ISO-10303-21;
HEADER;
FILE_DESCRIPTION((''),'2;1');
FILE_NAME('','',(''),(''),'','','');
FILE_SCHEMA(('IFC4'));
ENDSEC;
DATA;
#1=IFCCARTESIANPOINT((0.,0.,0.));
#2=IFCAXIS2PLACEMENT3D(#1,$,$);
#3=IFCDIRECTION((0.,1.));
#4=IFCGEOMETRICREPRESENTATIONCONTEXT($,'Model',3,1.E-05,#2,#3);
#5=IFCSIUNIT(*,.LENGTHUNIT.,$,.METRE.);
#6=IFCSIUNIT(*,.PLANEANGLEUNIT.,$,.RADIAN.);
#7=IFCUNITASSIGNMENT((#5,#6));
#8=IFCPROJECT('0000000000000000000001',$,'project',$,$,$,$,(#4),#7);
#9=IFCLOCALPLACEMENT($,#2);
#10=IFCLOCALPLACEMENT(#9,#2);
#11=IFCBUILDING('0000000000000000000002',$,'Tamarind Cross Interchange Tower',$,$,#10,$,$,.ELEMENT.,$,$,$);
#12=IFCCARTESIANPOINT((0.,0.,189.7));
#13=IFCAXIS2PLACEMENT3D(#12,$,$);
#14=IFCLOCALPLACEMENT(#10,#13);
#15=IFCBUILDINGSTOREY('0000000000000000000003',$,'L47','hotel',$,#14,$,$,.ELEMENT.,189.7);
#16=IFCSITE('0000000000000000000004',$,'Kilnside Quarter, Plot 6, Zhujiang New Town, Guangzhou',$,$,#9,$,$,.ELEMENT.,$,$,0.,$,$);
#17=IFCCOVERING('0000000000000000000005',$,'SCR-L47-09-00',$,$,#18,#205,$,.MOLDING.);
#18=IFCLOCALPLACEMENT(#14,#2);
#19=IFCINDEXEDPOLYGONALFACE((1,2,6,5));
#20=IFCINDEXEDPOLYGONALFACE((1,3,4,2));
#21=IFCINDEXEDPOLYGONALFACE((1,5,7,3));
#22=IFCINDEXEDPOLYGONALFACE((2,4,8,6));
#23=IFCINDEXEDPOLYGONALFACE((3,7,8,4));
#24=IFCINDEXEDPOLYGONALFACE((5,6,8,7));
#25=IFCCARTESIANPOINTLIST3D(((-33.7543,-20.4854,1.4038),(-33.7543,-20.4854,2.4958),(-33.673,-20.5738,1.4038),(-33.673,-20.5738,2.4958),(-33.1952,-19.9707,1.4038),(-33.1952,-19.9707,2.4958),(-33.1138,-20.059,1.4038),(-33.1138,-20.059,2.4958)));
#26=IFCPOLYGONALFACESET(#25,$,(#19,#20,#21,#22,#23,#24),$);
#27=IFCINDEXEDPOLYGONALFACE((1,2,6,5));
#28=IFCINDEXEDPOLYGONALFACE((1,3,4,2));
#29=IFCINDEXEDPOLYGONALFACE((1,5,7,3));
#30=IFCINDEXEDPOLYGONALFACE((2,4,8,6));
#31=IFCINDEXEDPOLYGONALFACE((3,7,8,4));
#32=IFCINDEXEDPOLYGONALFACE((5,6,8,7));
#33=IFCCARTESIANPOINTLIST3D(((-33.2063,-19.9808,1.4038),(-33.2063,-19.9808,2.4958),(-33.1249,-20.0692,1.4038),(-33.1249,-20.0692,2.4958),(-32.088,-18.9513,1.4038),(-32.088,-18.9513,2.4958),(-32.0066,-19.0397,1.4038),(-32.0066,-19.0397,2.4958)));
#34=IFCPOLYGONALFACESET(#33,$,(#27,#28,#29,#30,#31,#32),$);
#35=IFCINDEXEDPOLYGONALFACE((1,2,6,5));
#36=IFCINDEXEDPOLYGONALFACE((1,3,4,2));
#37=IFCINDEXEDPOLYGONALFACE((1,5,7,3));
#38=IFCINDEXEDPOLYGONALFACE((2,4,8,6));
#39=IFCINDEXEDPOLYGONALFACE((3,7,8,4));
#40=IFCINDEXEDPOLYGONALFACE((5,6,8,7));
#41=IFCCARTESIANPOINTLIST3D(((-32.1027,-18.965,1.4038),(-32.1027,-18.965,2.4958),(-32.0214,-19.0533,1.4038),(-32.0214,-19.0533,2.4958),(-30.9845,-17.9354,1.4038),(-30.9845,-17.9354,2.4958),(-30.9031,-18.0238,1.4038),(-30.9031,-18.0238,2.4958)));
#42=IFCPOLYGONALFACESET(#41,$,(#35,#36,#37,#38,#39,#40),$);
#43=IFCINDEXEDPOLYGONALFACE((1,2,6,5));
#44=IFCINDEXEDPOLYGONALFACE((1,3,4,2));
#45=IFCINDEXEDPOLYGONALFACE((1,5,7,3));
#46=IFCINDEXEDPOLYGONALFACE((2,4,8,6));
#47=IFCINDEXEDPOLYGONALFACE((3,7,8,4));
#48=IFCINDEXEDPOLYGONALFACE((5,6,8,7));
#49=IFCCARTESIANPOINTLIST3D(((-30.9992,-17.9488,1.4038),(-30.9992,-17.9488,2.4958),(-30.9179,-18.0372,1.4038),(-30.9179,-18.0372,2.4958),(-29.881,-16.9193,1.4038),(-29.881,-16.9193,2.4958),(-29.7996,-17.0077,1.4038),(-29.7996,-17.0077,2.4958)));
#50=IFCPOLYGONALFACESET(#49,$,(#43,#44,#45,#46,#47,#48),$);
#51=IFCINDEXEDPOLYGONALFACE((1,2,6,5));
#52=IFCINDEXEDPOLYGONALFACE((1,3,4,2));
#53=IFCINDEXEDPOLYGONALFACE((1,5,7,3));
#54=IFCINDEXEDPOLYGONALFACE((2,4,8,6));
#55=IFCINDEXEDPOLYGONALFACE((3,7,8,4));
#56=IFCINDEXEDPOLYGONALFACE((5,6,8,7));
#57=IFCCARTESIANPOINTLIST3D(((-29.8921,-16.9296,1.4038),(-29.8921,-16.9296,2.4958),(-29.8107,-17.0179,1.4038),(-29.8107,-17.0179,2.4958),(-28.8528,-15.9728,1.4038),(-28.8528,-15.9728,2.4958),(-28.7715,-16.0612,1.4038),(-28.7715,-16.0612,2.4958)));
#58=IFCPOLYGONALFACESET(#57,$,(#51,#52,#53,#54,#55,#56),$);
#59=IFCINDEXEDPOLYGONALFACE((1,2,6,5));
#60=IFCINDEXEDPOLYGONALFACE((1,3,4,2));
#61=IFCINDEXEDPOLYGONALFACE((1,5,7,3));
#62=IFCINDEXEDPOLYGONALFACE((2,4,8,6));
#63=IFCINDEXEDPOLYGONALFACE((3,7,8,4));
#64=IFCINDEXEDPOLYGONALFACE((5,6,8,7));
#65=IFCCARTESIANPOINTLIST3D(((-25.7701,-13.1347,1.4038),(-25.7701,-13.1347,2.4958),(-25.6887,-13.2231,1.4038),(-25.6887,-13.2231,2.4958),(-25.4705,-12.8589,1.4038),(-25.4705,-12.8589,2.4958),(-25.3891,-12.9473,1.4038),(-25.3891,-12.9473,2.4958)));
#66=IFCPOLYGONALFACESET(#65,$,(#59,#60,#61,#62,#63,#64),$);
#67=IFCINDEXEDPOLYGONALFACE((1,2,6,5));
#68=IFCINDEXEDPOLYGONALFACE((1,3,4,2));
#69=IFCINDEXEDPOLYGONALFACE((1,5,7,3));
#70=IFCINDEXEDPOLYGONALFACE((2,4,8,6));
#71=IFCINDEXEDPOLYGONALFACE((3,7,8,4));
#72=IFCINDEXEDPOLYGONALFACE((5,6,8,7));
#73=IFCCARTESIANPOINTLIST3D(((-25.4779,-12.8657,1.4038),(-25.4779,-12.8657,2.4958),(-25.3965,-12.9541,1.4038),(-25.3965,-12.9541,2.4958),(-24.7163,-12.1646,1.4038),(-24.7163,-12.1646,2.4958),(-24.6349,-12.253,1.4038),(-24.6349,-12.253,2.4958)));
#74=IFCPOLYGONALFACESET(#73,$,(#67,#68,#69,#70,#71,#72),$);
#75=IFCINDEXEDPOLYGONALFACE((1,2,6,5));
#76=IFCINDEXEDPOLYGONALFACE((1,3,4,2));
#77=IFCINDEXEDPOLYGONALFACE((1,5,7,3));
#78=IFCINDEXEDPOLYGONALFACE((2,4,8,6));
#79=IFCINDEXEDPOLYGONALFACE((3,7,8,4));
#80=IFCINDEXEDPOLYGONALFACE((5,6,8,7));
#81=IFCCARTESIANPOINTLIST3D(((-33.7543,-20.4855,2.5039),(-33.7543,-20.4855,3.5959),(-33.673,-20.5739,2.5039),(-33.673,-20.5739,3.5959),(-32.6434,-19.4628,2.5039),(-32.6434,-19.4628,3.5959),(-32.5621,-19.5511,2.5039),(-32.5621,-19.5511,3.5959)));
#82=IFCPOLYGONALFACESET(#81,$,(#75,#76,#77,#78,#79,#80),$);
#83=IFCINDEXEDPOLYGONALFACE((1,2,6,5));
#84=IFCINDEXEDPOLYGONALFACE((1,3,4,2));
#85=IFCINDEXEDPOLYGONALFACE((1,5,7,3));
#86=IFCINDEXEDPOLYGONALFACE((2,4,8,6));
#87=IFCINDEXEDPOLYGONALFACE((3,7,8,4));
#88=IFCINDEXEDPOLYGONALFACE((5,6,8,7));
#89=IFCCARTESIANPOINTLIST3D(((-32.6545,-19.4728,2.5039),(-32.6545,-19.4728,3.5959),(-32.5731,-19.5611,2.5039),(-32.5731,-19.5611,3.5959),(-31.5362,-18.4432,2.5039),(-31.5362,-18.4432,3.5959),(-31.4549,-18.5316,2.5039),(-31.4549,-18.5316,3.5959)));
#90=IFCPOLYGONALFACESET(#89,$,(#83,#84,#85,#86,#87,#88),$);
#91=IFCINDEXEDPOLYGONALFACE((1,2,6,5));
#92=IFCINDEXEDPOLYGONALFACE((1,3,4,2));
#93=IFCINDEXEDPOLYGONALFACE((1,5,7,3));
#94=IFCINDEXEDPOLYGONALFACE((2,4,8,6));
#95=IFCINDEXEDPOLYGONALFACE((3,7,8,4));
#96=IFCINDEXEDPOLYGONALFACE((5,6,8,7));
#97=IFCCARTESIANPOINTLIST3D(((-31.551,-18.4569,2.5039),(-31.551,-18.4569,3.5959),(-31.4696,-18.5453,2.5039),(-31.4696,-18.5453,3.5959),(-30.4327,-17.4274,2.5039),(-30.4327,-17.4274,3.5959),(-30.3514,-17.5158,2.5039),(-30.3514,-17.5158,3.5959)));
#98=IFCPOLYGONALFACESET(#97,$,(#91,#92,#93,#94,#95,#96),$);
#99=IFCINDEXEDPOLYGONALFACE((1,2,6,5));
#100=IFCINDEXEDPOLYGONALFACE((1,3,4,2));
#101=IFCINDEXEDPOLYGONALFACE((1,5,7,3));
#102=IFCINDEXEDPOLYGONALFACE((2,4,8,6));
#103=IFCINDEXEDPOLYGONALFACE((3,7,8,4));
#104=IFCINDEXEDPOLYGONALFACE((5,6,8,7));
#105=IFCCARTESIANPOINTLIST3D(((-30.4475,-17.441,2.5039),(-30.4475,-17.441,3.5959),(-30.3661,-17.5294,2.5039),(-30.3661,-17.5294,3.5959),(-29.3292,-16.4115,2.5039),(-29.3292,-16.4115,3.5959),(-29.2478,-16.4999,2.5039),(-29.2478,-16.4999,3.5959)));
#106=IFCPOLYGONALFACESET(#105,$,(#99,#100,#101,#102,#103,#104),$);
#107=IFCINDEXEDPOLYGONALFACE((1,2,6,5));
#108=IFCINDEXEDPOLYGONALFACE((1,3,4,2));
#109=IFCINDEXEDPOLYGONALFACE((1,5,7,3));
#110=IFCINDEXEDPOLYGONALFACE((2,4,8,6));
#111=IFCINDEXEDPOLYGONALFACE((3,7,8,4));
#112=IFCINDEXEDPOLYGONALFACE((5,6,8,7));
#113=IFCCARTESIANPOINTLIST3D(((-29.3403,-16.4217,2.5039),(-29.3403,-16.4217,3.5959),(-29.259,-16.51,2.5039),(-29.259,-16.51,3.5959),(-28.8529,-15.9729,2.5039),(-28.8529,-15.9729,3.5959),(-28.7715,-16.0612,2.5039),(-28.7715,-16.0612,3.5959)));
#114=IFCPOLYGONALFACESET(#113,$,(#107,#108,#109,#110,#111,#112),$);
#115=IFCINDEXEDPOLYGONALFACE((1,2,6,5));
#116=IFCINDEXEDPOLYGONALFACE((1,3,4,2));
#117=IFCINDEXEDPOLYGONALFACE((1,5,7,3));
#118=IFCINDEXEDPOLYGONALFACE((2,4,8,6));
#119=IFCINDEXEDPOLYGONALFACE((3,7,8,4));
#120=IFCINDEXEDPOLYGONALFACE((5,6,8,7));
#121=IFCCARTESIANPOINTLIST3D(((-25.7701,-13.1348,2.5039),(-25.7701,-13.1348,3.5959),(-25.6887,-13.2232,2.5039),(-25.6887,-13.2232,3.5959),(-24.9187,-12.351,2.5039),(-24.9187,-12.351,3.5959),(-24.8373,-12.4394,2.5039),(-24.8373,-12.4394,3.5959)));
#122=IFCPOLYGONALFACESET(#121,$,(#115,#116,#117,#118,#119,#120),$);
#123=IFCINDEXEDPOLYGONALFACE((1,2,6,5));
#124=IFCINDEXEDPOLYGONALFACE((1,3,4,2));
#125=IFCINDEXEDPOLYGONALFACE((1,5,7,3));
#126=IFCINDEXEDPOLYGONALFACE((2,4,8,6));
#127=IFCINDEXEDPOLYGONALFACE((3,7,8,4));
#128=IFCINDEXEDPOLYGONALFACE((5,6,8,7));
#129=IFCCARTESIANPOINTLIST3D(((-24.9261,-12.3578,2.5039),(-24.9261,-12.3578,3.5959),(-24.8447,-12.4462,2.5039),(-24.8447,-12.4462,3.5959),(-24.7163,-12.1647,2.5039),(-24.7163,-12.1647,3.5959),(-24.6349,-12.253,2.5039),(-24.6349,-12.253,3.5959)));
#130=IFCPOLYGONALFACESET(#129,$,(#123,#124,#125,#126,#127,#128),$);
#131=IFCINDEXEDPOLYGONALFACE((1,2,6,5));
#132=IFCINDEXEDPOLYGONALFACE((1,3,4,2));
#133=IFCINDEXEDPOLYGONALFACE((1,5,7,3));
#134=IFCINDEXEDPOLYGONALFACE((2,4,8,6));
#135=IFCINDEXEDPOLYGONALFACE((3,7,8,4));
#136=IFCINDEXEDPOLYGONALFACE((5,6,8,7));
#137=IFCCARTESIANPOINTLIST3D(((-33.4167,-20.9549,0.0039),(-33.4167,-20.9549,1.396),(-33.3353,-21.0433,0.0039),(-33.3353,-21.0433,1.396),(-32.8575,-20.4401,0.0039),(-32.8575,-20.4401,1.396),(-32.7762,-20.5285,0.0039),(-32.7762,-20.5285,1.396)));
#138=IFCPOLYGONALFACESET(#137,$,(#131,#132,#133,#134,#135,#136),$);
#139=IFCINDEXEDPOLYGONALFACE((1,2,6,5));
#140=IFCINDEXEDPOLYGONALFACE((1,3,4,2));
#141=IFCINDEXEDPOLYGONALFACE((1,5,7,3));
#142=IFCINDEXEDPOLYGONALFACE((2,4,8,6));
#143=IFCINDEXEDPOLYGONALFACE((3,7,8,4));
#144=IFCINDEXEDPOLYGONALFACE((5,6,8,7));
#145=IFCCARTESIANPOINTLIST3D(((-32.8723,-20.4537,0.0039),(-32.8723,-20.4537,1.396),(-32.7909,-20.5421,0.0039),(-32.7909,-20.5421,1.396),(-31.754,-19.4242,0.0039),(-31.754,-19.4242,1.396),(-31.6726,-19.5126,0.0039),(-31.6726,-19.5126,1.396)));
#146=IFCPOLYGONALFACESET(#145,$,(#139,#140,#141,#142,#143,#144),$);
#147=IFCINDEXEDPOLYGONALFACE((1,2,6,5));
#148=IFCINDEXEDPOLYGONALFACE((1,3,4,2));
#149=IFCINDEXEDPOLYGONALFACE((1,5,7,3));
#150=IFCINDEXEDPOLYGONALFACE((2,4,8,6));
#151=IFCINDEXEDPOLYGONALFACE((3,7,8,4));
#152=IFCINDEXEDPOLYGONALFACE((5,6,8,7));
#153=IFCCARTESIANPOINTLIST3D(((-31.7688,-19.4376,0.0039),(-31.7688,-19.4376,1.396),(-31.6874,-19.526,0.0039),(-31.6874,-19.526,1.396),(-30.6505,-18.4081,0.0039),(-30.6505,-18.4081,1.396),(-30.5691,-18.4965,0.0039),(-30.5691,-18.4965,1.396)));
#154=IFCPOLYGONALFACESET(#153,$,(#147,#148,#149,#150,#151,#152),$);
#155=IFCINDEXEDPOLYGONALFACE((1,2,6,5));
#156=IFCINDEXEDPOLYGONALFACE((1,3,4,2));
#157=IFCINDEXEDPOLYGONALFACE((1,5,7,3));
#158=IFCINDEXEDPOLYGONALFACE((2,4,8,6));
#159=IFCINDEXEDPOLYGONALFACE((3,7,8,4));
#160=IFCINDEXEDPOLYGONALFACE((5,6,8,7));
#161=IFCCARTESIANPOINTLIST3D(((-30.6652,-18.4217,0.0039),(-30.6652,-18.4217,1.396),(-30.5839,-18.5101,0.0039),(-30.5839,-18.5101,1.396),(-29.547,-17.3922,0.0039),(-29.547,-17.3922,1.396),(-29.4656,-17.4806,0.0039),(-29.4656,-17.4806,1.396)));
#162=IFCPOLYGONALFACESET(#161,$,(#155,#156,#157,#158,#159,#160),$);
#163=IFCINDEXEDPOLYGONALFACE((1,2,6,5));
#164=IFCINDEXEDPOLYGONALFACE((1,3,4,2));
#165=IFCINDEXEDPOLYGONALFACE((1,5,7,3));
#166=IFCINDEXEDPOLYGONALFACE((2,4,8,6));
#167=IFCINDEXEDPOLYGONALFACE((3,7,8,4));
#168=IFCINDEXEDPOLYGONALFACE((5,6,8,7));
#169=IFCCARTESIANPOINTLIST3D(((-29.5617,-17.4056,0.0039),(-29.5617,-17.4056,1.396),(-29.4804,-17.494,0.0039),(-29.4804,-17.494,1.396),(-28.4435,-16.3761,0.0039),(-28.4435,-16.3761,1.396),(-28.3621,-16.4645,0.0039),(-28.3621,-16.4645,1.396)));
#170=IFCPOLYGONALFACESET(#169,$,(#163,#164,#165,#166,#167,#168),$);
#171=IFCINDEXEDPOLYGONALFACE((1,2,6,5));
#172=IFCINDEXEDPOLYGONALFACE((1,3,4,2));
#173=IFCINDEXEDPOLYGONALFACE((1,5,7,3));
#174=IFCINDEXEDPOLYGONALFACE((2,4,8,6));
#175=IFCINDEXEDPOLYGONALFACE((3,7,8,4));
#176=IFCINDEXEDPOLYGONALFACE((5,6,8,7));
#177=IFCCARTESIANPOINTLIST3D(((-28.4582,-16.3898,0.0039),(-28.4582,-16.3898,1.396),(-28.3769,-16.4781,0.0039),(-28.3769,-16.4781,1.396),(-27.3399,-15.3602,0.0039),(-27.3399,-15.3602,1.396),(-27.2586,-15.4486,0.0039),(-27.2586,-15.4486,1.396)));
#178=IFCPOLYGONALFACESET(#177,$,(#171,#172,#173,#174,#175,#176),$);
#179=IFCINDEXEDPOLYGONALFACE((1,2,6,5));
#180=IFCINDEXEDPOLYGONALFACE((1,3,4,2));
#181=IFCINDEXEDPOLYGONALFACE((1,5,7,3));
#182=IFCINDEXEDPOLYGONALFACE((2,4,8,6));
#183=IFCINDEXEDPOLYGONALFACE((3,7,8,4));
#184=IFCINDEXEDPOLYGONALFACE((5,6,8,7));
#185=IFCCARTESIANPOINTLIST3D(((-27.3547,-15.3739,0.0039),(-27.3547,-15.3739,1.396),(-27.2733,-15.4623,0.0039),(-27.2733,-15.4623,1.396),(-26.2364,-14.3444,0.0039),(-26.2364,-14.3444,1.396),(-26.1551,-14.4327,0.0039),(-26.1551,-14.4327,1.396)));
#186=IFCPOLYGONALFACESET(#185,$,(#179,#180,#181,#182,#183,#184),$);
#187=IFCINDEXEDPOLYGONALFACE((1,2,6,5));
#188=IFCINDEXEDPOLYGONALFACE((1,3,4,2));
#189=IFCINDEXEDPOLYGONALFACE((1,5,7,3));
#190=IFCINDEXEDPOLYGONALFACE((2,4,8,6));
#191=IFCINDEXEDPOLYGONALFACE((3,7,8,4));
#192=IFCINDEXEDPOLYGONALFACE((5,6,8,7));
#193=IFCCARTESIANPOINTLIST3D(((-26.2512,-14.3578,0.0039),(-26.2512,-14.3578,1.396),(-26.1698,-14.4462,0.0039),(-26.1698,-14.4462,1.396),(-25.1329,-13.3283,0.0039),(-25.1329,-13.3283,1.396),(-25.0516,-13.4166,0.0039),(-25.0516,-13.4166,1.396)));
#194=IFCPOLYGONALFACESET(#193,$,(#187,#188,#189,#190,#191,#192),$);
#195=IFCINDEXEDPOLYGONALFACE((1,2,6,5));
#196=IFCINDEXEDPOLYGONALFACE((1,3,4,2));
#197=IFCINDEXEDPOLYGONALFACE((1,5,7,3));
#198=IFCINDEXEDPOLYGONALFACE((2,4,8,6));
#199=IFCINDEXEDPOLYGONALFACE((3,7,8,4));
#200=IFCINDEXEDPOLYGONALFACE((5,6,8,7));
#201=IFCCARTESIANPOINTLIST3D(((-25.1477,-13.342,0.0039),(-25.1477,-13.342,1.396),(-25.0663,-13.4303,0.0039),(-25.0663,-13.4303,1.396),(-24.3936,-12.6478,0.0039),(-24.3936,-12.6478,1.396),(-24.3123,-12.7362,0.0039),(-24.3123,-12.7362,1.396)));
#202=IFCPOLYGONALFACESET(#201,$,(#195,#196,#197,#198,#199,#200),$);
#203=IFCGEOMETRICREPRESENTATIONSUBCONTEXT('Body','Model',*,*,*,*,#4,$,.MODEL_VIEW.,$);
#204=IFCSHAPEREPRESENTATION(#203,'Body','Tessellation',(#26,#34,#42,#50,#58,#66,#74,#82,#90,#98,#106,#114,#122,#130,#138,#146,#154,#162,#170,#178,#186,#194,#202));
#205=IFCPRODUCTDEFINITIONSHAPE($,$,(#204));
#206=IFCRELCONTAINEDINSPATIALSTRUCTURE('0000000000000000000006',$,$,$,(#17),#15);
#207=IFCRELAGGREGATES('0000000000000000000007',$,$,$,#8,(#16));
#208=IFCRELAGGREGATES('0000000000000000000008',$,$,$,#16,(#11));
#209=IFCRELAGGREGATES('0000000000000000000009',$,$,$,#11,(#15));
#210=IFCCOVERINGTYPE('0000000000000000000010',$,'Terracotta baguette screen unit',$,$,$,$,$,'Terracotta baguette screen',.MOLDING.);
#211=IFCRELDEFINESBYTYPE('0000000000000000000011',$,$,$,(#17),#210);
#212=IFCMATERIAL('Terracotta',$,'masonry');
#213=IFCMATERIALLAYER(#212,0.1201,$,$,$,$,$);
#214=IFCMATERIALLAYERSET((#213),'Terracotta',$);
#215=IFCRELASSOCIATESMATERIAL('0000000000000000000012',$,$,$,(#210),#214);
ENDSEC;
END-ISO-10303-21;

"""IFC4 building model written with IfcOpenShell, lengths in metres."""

from ifc_helpers import new_model, si_unit, direction, frame, origin, origin_2d, place, context, subcontext, project, spatial, rectangle, extrude, material, layer, layer_set, type_object, element, save


model = new_model("IFC4")

# Units and contexts
model_context = context("Model", 3, precision=1e-05, world=origin(), true_north=direction((0.0, 1.0)))
body_context = subcontext(model_context, "Body", "Model", "MODEL_VIEW")
ifc_project = project(units=[si_unit("LENGTHUNIT", "METRE"), si_unit("PLANEANGLEUNIT", "RADIAN")], contexts=[model_context])

# Site, building, storey
site_placement = place(None, origin())
site = spatial("IfcSite", under=ifc_project, at=site_placement, Name="Kilnside Quarter, Plot 6, Zhujiang New Town, Guangzhou", CompositionType="ELEMENT", RefElevation=0.0)
building_placement = place(site_placement, origin())
building = spatial("IfcBuilding", under=site, at=building_placement, Name="Tamarind Cross Interchange Tower", CompositionType="ELEMENT")
storey_placement = place(building_placement, frame((0.0, 0.0, 189.7)))
storey = spatial("IfcBuildingStorey", under=building, at=storey_placement, Name="L47", Description="hotel", CompositionType="ELEMENT", Elevation=189.7)

# Covering
ifc_material_1 = material(Name="Terracotta", Category="masonry")
ifc_layer_1 = layer(ifc_material_1, 0.1201)
ifc_layer_set_1 = layer_set([ifc_layer_1], Name="Terracotta")
covering_type = type_object("IfcCoveringType", Name="Terracotta baguette screen unit", ElementType="Terracotta baguette screen", PredefinedType="MOLDING", material=ifc_layer_set_1)
covering_1_placement = place(storey_placement, origin())
element("IfcCovering", 1, at=covering_1_placement, inside=storey, type_object=covering_type, Name="SCR-L47-09-00", PredefinedType="MOLDING", context=body_context, shape_type="SweptSolid", body=[
    extrude(rectangle(XDim=0.76, YDim=0.1201, at=origin_2d()), frame((-33.4341, -20.2722, 1.4038), z_axis=(0.0, 0.0, 1.0), x_axis=(0.735697, 0.67731, 0.0)), (0.0, 0.0, 1.0), 1.092),
    extrude(rectangle(XDim=1.52, YDim=0.1201, at=origin_2d()), frame((-32.6064, -19.5103, 1.4038), z_axis=(0.0, 0.0, 1.0), x_axis=(0.735697, 0.67731, 0.0)), (0.0, 0.0, 1.0), 1.092),
    extrude(rectangle(XDim=1.52, YDim=0.1201, at=origin_2d()), frame((-31.5029, -18.4944, 1.4038), z_axis=(0.0, 0.0, 1.0), x_axis=(0.735697, 0.67731, 0.0)), (0.0, 0.0, 1.0), 1.092),
    extrude(rectangle(XDim=1.52, YDim=0.1201, at=origin_2d()), frame((-30.3994, -17.4783, 1.4038), z_axis=(0.0, 0.0, 1.0), x_axis=(0.735697, 0.67731, 0.0)), (0.0, 0.0, 1.0), 1.092),
    extrude(rectangle(XDim=1.4126, YDim=0.1201, at=origin_2d()), frame((-29.3318, -16.4954, 1.4038), z_axis=(0.0, 0.0, 1.0), x_axis=(0.735697, 0.67731, 0.0)), (0.0, 0.0, 1.0), 1.092),
    extrude(rectangle(XDim=0.4072, YDim=0.1201, at=origin_2d()), frame((-25.5796, -13.041, 1.4038), z_axis=(0.0, 0.0, 1.0), x_axis=(0.735697, 0.67731, 0.0)), (0.0, 0.0, 1.0), 1.092),
    extrude(rectangle(XDim=1.0352, YDim=0.1201, at=origin_2d()), frame((-25.0564, -12.5593, 1.4038), z_axis=(0.0, 0.0, 1.0), x_axis=(0.735697, 0.67731, 0.0)), (0.0, 0.0, 1.0), 1.092),
    extrude(rectangle(XDim=1.51, YDim=0.1201, at=origin_2d()), frame((-33.1582, -20.0183, 2.5039), z_axis=(0.0, 0.0, 1.0), x_axis=(0.735697, 0.67731, 0.0)), (0.0, 0.0, 1.0), 1.092),
    extrude(rectangle(XDim=1.52, YDim=0.1201, at=origin_2d()), frame((-32.0547, -19.0022, 2.5039), z_axis=(0.0, 0.0, 1.0), x_axis=(0.735697, 0.67731, 0.0)), (0.0, 0.0, 1.0), 1.092),
    extrude(rectangle(XDim=1.52, YDim=0.1201, at=origin_2d()), frame((-30.9512, -17.9863, 2.5039), z_axis=(0.0, 0.0, 1.0), x_axis=(0.735697, 0.67731, 0.0)), (0.0, 0.0, 1.0), 1.092),
    extrude(rectangle(XDim=1.52, YDim=0.1201, at=origin_2d()), frame((-29.8477, -16.9705, 2.5039), z_axis=(0.0, 0.0, 1.0), x_axis=(0.735697, 0.67731, 0.0)), (0.0, 0.0, 1.0), 1.092),
    extrude(rectangle(XDim=0.6626, YDim=0.1201, at=origin_2d()), frame((-29.0559, -16.2415, 2.5039), z_axis=(0.0, 0.0, 1.0), x_axis=(0.735697, 0.67731, 0.0)), (0.0, 0.0, 1.0), 1.092),
    extrude(rectangle(XDim=1.1572, YDim=0.1201, at=origin_2d()), frame((-25.3037, -12.7871, 2.5039), z_axis=(0.0, 0.0, 1.0), x_axis=(0.735697, 0.67731, 0.0)), (0.0, 0.0, 1.0), 1.092),
    extrude(rectangle(XDim=0.2852, YDim=0.1201, at=origin_2d()), frame((-24.7805, -12.3054, 2.5039), z_axis=(0.0, 0.0, 1.0), x_axis=(0.735697, 0.67731, 0.0)), (0.0, 0.0, 1.0), 1.092),
    extrude(rectangle(XDim=0.76, YDim=0.1201, at=origin_2d()), frame((-33.0964, -20.7417, 0.0039), z_axis=(0.0, 0.0, 1.0), x_axis=(0.735697, 0.67731, 0.0)), (0.0, 0.0, 1.0), 1.3921),
    extrude(rectangle(XDim=1.52, YDim=0.1201, at=origin_2d()), frame((-32.2725, -19.9832, 0.0039), z_axis=(0.0, 0.0, 1.0), x_axis=(0.735697, 0.67731, 0.0)), (0.0, 0.0, 1.0), 1.3921),
    extrude(rectangle(XDim=1.52, YDim=0.1201, at=origin_2d()), frame((-31.1689, -18.967, 0.0039), z_axis=(0.0, 0.0, 1.0), x_axis=(0.735697, 0.67731, 0.0)), (0.0, 0.0, 1.0), 1.3921),
    extrude(rectangle(XDim=1.52, YDim=0.1201, at=origin_2d()), frame((-30.0654, -17.9512, 0.0039), z_axis=(0.0, 0.0, 1.0), x_axis=(0.735697, 0.67731, 0.0)), (0.0, 0.0, 1.0), 1.3921),
    extrude(rectangle(XDim=1.52, YDim=0.1201, at=origin_2d()), frame((-28.9619, -16.9351, 0.0039), z_axis=(0.0, 0.0, 1.0), x_axis=(0.735697, 0.67731, 0.0)), (0.0, 0.0, 1.0), 1.3921),
    extrude(rectangle(XDim=1.52, YDim=0.1201, at=origin_2d()), frame((-27.8584, -15.9192, 0.0039), z_axis=(0.0, 0.0, 1.0), x_axis=(0.735697, 0.67731, 0.0)), (0.0, 0.0, 1.0), 1.3921),
    extrude(rectangle(XDim=1.52, YDim=0.1201, at=origin_2d()), frame((-26.7549, -14.9033, 0.0039), z_axis=(0.0, 0.0, 1.0), x_axis=(0.735697, 0.67731, 0.0)), (0.0, 0.0, 1.0), 1.3921),
    extrude(rectangle(XDim=1.52, YDim=0.1201, at=origin_2d()), frame((-25.6514, -13.8872, 0.0039), z_axis=(0.0, 0.0, 1.0), x_axis=(0.735697, 0.67731, 0.0)), (0.0, 0.0, 1.0), 1.3921),
    extrude(rectangle(XDim=1.0249, YDim=0.1201, at=origin_2d()), frame((-24.73, -13.0391, 0.0039), z_axis=(0.0, 0.0, 1.0), x_axis=(0.735697, 0.67731, 0.0)), (0.0, 0.0, 1.0), 1.3921),
])

save(model, "model.ifc")
